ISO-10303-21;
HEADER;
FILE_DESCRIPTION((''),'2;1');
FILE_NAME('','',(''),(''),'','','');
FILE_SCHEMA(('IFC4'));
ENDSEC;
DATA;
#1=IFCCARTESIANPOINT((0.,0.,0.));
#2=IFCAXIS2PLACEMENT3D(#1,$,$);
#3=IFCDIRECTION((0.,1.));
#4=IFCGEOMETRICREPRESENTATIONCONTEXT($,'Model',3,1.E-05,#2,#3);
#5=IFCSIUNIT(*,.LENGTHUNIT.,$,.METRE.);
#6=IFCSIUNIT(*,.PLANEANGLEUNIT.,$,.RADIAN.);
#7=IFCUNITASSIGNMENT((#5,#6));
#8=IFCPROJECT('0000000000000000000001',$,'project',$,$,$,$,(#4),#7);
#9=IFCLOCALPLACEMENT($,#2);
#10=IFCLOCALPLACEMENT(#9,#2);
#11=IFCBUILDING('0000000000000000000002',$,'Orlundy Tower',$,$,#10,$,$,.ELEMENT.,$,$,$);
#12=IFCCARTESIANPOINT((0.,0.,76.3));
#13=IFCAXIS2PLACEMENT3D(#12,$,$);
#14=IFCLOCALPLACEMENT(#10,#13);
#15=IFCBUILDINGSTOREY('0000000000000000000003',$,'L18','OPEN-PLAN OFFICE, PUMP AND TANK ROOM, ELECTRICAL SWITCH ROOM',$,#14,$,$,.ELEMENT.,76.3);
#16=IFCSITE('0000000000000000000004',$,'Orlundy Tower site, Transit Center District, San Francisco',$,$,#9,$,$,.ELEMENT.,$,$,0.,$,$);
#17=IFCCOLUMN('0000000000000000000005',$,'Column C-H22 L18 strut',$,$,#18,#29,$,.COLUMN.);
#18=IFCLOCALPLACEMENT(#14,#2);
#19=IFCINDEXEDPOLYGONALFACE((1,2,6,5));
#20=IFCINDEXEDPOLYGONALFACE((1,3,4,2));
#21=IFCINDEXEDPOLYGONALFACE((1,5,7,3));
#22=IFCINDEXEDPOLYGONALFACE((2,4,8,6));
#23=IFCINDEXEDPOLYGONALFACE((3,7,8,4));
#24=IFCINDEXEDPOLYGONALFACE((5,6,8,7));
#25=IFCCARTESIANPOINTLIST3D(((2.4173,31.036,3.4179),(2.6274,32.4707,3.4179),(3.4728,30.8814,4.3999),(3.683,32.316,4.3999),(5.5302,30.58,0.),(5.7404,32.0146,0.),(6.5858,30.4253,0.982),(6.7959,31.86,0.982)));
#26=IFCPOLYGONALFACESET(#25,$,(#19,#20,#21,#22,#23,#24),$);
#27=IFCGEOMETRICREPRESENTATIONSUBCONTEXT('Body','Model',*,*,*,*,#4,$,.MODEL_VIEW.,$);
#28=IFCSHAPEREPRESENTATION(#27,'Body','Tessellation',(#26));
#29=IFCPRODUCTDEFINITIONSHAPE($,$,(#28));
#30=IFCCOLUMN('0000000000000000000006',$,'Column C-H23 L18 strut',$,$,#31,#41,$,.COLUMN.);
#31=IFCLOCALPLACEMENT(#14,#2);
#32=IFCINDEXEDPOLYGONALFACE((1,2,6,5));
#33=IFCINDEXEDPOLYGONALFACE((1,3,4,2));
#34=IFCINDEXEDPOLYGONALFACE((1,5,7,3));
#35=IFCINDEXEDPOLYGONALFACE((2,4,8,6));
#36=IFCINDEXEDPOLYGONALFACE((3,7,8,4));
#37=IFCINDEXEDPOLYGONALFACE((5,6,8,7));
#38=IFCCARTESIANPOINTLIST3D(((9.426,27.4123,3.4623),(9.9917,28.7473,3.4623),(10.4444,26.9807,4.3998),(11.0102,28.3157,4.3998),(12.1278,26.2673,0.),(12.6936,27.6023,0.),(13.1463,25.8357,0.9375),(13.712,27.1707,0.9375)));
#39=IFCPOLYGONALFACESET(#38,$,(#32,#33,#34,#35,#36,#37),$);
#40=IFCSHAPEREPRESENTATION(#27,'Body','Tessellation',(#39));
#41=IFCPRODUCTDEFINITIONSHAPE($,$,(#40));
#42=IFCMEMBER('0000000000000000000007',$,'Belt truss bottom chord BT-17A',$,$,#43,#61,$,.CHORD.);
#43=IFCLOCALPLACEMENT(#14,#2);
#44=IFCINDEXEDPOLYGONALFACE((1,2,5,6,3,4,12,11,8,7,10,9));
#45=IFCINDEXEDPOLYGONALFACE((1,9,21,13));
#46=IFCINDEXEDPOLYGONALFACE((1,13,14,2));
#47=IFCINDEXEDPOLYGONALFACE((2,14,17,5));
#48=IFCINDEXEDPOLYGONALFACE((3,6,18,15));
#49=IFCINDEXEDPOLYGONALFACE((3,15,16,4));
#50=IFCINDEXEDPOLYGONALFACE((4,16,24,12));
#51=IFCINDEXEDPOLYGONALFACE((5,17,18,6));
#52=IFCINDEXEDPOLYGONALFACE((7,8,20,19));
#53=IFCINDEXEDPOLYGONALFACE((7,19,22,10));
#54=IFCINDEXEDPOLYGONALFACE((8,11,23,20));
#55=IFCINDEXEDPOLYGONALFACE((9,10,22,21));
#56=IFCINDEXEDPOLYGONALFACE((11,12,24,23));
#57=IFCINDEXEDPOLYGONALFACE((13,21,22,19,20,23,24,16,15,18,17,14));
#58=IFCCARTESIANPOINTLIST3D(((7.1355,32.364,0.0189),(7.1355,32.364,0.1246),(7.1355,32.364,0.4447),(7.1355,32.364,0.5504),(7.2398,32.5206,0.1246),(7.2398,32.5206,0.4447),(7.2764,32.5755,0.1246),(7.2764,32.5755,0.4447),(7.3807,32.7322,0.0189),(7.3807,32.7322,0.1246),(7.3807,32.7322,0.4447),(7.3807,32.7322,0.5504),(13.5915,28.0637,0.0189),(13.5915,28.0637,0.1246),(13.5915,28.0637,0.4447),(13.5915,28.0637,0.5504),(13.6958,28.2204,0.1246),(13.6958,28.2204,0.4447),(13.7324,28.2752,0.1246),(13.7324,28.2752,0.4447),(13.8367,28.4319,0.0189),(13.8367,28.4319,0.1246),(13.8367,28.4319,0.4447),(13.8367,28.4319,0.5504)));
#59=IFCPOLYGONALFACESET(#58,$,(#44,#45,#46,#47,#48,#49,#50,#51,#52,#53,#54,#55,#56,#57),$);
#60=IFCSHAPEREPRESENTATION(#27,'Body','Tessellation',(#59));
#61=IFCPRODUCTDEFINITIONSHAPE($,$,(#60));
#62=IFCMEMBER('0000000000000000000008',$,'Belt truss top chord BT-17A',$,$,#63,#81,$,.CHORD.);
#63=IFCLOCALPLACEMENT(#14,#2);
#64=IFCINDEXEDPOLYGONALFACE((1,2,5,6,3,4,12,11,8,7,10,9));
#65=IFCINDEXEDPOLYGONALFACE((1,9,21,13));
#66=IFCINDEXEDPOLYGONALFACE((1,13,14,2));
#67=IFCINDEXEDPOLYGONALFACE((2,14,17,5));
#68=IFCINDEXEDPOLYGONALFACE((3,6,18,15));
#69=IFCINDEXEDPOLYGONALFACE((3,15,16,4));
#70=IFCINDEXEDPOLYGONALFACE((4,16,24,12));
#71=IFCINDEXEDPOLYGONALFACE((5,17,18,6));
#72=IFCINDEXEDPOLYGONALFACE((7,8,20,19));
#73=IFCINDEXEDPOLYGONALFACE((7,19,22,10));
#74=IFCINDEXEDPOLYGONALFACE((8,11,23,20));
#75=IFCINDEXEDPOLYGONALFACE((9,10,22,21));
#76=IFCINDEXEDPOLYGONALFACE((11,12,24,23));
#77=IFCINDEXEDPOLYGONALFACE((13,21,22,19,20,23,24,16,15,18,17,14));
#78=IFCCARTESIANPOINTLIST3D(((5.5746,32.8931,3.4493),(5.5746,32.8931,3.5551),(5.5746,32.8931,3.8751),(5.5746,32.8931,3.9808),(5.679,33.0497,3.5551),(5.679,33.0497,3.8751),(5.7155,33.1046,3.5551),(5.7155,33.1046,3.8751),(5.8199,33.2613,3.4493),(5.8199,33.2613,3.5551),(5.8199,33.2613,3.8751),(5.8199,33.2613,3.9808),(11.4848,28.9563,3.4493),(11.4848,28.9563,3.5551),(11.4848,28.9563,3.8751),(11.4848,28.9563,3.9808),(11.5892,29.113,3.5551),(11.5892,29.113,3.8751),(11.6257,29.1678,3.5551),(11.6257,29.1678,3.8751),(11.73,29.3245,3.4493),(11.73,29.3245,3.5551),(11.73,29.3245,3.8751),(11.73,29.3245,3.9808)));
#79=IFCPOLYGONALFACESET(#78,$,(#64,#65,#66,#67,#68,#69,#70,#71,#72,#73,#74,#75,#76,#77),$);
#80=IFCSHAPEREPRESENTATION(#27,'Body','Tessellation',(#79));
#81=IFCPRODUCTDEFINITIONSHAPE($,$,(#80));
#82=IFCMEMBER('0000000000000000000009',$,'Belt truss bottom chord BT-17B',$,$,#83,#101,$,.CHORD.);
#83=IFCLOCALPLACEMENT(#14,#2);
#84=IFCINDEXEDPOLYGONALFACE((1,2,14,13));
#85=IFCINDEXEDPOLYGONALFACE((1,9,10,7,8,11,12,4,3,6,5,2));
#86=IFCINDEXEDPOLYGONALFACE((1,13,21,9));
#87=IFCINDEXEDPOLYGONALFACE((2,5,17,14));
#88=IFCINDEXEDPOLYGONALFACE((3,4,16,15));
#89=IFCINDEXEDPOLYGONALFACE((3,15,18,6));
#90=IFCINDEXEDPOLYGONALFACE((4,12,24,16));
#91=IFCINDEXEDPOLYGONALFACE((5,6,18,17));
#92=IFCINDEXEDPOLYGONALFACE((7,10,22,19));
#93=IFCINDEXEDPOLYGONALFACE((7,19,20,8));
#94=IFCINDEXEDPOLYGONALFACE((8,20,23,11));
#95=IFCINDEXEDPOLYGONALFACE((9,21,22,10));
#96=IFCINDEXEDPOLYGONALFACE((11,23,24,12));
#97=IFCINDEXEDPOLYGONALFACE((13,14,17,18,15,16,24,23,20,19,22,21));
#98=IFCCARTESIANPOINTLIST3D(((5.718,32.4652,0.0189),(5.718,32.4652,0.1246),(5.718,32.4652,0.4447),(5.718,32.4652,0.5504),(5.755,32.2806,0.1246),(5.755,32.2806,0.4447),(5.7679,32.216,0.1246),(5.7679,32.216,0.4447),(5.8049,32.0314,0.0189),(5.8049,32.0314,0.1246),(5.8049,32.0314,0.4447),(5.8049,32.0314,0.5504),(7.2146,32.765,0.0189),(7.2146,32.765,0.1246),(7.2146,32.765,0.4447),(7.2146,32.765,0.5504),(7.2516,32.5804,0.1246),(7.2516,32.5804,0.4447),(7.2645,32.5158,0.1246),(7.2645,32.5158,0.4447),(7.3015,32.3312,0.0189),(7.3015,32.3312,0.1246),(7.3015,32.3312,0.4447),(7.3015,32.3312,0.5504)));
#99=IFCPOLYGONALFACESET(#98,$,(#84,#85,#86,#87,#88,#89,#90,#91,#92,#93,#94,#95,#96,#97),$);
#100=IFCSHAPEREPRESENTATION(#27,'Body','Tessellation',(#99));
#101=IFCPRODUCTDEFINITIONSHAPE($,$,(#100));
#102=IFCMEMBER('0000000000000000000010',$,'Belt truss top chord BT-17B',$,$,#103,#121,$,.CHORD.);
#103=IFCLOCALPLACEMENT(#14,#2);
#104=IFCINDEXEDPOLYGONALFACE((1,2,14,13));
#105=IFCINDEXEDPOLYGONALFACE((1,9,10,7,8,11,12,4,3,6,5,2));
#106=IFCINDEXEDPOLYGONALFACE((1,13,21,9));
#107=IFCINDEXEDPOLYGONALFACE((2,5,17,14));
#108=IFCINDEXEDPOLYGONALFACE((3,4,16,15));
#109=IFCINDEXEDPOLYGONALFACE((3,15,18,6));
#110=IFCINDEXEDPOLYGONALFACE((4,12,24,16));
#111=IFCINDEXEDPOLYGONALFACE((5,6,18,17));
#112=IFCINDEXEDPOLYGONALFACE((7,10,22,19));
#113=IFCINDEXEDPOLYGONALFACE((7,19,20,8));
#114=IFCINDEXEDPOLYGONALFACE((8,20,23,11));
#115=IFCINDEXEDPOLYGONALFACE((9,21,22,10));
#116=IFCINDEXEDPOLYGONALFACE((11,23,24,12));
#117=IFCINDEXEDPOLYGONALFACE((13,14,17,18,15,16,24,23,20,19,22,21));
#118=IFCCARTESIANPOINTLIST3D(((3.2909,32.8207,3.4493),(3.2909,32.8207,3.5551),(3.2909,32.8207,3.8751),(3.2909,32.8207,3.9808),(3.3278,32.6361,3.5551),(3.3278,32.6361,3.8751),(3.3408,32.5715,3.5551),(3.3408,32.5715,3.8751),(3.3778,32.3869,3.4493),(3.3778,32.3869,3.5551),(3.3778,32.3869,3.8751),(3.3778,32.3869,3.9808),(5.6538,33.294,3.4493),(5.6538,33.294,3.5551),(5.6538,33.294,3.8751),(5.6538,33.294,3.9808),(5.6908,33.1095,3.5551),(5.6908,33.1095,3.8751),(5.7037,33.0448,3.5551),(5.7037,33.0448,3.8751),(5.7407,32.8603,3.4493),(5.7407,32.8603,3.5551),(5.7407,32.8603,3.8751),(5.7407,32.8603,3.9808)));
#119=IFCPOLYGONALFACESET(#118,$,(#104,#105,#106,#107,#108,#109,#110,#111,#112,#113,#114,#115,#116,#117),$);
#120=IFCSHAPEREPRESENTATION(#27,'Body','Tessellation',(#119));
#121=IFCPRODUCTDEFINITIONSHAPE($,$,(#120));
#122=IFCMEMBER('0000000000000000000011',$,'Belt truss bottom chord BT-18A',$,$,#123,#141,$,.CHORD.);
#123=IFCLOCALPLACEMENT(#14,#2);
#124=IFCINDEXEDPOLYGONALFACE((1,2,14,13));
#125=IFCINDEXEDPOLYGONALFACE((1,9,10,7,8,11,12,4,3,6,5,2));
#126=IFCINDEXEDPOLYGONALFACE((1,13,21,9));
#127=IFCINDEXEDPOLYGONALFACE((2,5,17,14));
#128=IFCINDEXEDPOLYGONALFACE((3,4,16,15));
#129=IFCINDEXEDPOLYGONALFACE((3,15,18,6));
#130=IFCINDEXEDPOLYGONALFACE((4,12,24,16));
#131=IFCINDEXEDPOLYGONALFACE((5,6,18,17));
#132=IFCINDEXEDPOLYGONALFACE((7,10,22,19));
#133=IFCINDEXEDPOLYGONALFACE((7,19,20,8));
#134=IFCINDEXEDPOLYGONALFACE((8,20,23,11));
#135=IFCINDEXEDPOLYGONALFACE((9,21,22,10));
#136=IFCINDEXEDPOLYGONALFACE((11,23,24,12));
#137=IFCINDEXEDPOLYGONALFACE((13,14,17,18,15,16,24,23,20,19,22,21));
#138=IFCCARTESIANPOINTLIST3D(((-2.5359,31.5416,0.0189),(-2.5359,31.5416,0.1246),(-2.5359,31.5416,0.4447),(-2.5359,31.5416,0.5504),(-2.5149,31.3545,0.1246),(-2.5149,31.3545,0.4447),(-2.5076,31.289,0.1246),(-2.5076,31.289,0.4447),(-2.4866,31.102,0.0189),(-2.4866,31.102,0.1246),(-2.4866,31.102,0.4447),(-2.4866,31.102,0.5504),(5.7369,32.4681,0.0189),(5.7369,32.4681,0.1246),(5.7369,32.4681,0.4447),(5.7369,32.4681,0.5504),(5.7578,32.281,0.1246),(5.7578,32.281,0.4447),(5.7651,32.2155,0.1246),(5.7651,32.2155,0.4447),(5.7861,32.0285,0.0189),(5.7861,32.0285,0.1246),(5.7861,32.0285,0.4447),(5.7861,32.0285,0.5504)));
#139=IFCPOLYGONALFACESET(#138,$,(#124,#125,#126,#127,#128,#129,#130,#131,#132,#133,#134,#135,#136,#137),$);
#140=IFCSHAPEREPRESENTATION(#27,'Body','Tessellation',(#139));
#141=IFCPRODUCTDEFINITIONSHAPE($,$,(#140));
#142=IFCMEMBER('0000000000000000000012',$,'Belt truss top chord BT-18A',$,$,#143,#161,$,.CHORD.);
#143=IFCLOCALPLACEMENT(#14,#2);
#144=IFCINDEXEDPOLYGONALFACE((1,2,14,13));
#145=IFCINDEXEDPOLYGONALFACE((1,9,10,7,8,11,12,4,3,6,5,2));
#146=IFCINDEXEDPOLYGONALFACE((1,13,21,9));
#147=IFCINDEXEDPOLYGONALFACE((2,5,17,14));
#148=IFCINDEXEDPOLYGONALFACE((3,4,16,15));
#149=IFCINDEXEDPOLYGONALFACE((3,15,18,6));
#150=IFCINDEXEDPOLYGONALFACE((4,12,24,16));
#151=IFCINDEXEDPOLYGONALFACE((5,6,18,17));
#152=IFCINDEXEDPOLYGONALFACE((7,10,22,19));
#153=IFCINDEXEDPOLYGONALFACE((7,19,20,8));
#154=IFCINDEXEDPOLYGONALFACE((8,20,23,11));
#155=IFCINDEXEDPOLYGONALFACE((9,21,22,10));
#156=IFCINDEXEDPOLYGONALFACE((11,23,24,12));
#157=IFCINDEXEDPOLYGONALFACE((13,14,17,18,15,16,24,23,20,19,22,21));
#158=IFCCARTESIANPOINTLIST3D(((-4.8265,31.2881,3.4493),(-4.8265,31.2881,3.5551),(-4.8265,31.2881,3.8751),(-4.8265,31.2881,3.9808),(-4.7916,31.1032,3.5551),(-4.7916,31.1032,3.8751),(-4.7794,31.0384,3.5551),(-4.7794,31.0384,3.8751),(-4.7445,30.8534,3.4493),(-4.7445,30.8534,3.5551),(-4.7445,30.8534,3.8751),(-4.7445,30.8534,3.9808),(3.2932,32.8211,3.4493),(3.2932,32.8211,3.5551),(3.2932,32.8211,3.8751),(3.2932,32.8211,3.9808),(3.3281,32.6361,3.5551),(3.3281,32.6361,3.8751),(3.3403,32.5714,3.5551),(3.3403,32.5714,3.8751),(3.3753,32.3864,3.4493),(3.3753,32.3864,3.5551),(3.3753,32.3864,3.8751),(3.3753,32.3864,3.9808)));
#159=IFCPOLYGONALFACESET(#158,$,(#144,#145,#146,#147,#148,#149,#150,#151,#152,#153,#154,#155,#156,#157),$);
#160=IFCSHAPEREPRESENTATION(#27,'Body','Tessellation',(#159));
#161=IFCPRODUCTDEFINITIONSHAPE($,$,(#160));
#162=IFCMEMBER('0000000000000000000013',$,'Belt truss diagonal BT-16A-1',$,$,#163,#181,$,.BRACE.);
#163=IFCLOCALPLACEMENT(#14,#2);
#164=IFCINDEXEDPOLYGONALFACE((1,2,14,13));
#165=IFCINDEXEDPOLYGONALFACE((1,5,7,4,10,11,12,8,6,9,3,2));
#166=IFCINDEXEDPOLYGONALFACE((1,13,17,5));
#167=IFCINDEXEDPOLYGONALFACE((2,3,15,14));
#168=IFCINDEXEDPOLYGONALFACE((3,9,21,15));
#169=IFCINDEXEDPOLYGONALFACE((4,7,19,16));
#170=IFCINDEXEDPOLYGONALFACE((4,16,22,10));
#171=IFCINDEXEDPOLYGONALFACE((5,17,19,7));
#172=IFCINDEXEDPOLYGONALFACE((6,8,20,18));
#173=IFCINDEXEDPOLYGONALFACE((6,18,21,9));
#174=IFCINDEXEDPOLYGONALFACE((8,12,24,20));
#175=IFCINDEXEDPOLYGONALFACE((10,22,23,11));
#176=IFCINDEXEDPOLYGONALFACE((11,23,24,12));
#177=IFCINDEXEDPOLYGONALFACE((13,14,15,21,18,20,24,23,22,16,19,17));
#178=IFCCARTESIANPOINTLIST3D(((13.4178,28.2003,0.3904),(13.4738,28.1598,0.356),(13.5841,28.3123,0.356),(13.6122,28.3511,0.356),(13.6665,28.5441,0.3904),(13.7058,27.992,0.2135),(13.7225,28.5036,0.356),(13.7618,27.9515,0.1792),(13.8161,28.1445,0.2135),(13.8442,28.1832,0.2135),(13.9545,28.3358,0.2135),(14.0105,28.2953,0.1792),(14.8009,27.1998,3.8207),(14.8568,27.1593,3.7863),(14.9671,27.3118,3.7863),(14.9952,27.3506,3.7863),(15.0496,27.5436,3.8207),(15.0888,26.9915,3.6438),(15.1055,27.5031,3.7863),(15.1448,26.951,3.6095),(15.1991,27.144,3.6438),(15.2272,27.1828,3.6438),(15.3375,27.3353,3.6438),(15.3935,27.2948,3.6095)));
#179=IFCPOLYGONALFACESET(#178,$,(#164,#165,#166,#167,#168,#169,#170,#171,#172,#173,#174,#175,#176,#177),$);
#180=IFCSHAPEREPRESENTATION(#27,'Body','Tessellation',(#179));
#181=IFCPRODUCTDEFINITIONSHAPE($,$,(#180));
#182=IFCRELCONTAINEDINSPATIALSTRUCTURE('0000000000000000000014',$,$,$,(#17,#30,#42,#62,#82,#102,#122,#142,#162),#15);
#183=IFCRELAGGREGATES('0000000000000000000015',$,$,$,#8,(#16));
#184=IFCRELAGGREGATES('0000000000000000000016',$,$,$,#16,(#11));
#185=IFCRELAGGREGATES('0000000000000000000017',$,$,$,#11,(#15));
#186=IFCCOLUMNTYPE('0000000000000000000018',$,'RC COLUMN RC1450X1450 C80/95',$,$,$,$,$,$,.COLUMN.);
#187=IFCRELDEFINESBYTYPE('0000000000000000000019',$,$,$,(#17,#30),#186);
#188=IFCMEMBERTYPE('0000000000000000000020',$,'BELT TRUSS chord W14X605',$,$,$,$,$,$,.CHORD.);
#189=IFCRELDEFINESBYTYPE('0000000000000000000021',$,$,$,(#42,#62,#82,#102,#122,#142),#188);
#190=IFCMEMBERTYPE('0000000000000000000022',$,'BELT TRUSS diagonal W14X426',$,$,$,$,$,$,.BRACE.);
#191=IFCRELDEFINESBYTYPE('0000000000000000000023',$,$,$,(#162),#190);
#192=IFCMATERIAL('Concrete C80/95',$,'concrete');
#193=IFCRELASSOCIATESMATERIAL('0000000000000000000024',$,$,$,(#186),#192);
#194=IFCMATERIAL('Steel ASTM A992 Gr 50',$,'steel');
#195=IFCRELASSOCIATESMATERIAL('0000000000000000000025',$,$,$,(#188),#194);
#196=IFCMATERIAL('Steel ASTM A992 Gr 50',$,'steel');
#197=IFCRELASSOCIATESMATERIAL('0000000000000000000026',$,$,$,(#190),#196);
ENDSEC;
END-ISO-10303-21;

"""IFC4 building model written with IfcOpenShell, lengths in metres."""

from ifc_helpers import new_model, si_unit, direction, frame, origin, origin_2d, place, context, subcontext, project, spatial, rectangle, i_section, extrude, material, material_profile, profile_set, type_object, element, save


model = new_model("IFC4")

# Units and contexts
model_context = context("Model", 3, precision=1e-05, world=origin(), true_north=direction((0.0, 1.0)))
body_context = subcontext(model_context, "Body", "Model", "MODEL_VIEW")
ifc_project = project(units=[si_unit("LENGTHUNIT", "METRE"), si_unit("PLANEANGLEUNIT", "RADIAN")], contexts=[model_context])

# Site, building, storey
site_placement = place(None, origin())
site = spatial("IfcSite", under=ifc_project, at=site_placement, Name="Orlundy Tower site, Transit Center District, San Francisco", CompositionType="ELEMENT", RefElevation=0.0)
building_placement = place(site_placement, origin())
building = spatial("IfcBuilding", under=site, at=building_placement, Name="Orlundy Tower", CompositionType="ELEMENT")
storey_placement = place(building_placement, frame((0.0, 0.0, 76.3)))
storey = spatial("IfcBuildingStorey", under=building, at=storey_placement, Name="L18", Description="OPEN-PLAN OFFICE, PUMP AND TANK ROOM, ELECTRICAL SWITCH ROOM", CompositionType="ELEMENT", Elevation=76.3)

# Columns
ifc_material_1 = material(Name="Concrete C80/95", Category="concrete")
ifc_material_profile_1 = material_profile(ifc_material_1, rectangle(XDim=1.45, YDim=1.45, at=origin_2d()), Name="RC1450X1450")
ifc_profile_set_1 = profile_set([ifc_material_profile_1], Name="Concrete C80/95")
column_type = type_object("IfcColumnType", Name="RC COLUMN RC1450X1450 C80/95", PredefinedType="COLUMN", material=ifc_profile_set_1)
column_1_placement = place(storey_placement, frame((6.1631, 31.22, 0.491), z_axis=(-0.670106, 0.098169, 0.735745), x_axis=(-0.144951, -0.989439, 0.0)))
element("IfcColumn", 1, at=column_1_placement, inside=storey, type_object=column_type, Name="Column C-H22 L18 strut", PredefinedType="COLUMN", context=body_context, shape_type="SweptSolid", body=[
    extrude(rectangle(XDim=1.45, YDim=1.45, at=origin_2d()), origin(), (0.0, 0.0, 1.0), 4.6455),
])
column_2_placement = place(storey_placement, frame((12.9199, 26.719, 0.4688), z_axis=(-0.595307, 0.25228, 0.762866), x_axis=(-0.390191, -0.920734, 0.0)))
element("IfcColumn", 2, at=column_2_placement, inside=storey, type_object=column_type, Name="Column C-H23 L18 strut", PredefinedType="COLUMN", context=body_context, shape_type="SweptSolid", body=[
    extrude(rectangle(XDim=1.45, YDim=1.45, at=origin_2d()), origin(), (0.0, 0.0, 1.0), 4.5386),
])

# Members
ifc_material_2 = material(Name="Steel ASTM A992 Gr 50", Category="steel")
ifc_material_profile_2 = material_profile(ifc_material_2, i_section(OverallWidth=0.4424, OverallDepth=0.5315, WebThickness=0.0659, FlangeThickness=0.1057, at=origin_2d()), Name="W14X605")
ifc_profile_set_2 = profile_set([ifc_material_profile_2], Name="Steel ASTM A992 Gr 50")
member_type_1 = type_object("IfcMemberType", Name="BELT TRUSS chord W14X605", PredefinedType="CHORD", material=ifc_profile_set_2)
member_1_placement = place(storey_placement, frame((13.7141, 28.2478, 0.2847), z_axis=(-0.832273, 0.554366, 0.0), x_axis=(-0.554366, -0.832273, 0.0)))
element("IfcMember", 3, at=member_1_placement, inside=storey, type_object=member_type_1, Name="Belt truss bottom chord BT-17A", PredefinedType="CHORD", context=body_context, shape_type="SweptSolid", body=[
    extrude(i_section(OverallWidth=0.4424, OverallDepth=0.5315, WebThickness=0.0659, FlangeThickness=0.1057, at=origin_2d()), origin(), (0.0, 0.0, 1.0), 7.7571),
])
member_2_placement = place(storey_placement, frame((11.6074, 29.1404, 3.7151), z_axis=(-0.832267, 0.554375, 0.0), x_axis=(-0.554375, -0.832267, 0.0)))
element("IfcMember", 4, at=member_2_placement, inside=storey, type_object=member_type_1, Name="Belt truss top chord BT-17A", PredefinedType="CHORD", context=body_context, shape_type="SweptSolid", body=[
    extrude(i_section(OverallWidth=0.4424, OverallDepth=0.5315, WebThickness=0.0659, FlangeThickness=0.1057, at=origin_2d()), origin(), (0.0, 0.0, 1.0), 7.1013),
])
member_3_placement = place(storey_placement, frame((7.2581, 32.5481, 0.2847), z_axis=(-0.980519, -0.196424, 0.0), x_axis=(0.196424, -0.980519, 0.0)))
element("IfcMember", 5, at=member_3_placement, inside=storey, type_object=member_type_1, Name="Belt truss bottom chord BT-17B", PredefinedType="CHORD", context=body_context, shape_type="SweptSolid", body=[
    extrude(i_section(OverallWidth=0.4424, OverallDepth=0.5315, WebThickness=0.0659, FlangeThickness=0.1057, at=origin_2d()), origin(), (0.0, 0.0, 1.0), 1.5264),
])
member_4_placement = place(storey_placement, frame((5.6973, 33.0771, 3.7151), z_axis=(-0.980518, -0.196428, 0.0), x_axis=(0.196428, -0.980518, 0.0)))
element("IfcMember", 6, at=member_4_placement, inside=storey, type_object=member_type_1, Name="Belt truss top chord BT-17B", PredefinedType="CHORD", context=body_context, shape_type="SweptSolid", body=[
    extrude(i_section(OverallWidth=0.4424, OverallDepth=0.5315, WebThickness=0.0659, FlangeThickness=0.1057, at=origin_2d()), origin(), (0.0, 0.0, 1.0), 2.4099),
])
member_5_placement = place(storey_placement, frame((5.7615, 32.2483, 0.2847), z_axis=(-0.993787, -0.111301, 0.0), x_axis=(0.111301, -0.993787, 0.0)))
element("IfcMember", 7, at=member_5_placement, inside=storey, type_object=member_type_1, Name="Belt truss bottom chord BT-18A", PredefinedType="CHORD", context=body_context, shape_type="SweptSolid", body=[
    extrude(i_section(OverallWidth=0.4424, OverallDepth=0.5315, WebThickness=0.0659, FlangeThickness=0.1057, at=origin_2d()), origin(), (0.0, 0.0, 1.0), 8.3245),
])
member_6_placement = place(storey_placement, frame((3.3342, 32.6038, 3.7151), z_axis=(-0.982641, -0.185519, 0.0), x_axis=(0.185519, -0.982641, 0.0)))
element("IfcMember", 8, at=member_6_placement, inside=storey, type_object=member_type_1, Name="Belt truss top chord BT-18A", PredefinedType="CHORD", context=body_context, shape_type="SweptSolid", body=[
    extrude(i_section(OverallWidth=0.4424, OverallDepth=0.5315, WebThickness=0.0659, FlangeThickness=0.1057, at=origin_2d()), origin(), (0.0, 0.0, 1.0), 8.2632),
])
ifc_material_3 = material(Name="Steel ASTM A992 Gr 50", Category="steel")
ifc_material_profile_3 = material_profile(ifc_material_3, i_section(OverallWidth=0.4243, OverallDepth=0.4741, WebThickness=0.0479, FlangeThickness=0.0771, at=origin_2d()), Name="W14X426")
ifc_profile_set_3 = profile_set([ifc_material_profile_3], Name="Steel ASTM A992 Gr 50")
member_type_2 = type_object("IfcMemberType", Name="BELT TRUSS diagonal W14X426", PredefinedType="BRACE", material=ifc_profile_set_3)
member_7_placement = place(storey_placement, frame((15.0972, 27.2473, 3.7151), z_axis=(-0.360955, 0.261111, -0.895283), x_axis=(-0.586112, -0.81023, 0.0)))
element("IfcMember", 9, at=member_7_placement, inside=storey, type_object=member_type_2, Name="Belt truss diagonal BT-16A-1", PredefinedType="BRACE", context=body_context, shape_type="SweptSolid", body=[
    extrude(i_section(OverallWidth=0.4243, OverallDepth=0.4741, WebThickness=0.0479, FlangeThickness=0.0771, at=origin_2d()), origin(), (0.0, 0.0, 1.0), 3.8315),
])

save(model, "model.ifc")
